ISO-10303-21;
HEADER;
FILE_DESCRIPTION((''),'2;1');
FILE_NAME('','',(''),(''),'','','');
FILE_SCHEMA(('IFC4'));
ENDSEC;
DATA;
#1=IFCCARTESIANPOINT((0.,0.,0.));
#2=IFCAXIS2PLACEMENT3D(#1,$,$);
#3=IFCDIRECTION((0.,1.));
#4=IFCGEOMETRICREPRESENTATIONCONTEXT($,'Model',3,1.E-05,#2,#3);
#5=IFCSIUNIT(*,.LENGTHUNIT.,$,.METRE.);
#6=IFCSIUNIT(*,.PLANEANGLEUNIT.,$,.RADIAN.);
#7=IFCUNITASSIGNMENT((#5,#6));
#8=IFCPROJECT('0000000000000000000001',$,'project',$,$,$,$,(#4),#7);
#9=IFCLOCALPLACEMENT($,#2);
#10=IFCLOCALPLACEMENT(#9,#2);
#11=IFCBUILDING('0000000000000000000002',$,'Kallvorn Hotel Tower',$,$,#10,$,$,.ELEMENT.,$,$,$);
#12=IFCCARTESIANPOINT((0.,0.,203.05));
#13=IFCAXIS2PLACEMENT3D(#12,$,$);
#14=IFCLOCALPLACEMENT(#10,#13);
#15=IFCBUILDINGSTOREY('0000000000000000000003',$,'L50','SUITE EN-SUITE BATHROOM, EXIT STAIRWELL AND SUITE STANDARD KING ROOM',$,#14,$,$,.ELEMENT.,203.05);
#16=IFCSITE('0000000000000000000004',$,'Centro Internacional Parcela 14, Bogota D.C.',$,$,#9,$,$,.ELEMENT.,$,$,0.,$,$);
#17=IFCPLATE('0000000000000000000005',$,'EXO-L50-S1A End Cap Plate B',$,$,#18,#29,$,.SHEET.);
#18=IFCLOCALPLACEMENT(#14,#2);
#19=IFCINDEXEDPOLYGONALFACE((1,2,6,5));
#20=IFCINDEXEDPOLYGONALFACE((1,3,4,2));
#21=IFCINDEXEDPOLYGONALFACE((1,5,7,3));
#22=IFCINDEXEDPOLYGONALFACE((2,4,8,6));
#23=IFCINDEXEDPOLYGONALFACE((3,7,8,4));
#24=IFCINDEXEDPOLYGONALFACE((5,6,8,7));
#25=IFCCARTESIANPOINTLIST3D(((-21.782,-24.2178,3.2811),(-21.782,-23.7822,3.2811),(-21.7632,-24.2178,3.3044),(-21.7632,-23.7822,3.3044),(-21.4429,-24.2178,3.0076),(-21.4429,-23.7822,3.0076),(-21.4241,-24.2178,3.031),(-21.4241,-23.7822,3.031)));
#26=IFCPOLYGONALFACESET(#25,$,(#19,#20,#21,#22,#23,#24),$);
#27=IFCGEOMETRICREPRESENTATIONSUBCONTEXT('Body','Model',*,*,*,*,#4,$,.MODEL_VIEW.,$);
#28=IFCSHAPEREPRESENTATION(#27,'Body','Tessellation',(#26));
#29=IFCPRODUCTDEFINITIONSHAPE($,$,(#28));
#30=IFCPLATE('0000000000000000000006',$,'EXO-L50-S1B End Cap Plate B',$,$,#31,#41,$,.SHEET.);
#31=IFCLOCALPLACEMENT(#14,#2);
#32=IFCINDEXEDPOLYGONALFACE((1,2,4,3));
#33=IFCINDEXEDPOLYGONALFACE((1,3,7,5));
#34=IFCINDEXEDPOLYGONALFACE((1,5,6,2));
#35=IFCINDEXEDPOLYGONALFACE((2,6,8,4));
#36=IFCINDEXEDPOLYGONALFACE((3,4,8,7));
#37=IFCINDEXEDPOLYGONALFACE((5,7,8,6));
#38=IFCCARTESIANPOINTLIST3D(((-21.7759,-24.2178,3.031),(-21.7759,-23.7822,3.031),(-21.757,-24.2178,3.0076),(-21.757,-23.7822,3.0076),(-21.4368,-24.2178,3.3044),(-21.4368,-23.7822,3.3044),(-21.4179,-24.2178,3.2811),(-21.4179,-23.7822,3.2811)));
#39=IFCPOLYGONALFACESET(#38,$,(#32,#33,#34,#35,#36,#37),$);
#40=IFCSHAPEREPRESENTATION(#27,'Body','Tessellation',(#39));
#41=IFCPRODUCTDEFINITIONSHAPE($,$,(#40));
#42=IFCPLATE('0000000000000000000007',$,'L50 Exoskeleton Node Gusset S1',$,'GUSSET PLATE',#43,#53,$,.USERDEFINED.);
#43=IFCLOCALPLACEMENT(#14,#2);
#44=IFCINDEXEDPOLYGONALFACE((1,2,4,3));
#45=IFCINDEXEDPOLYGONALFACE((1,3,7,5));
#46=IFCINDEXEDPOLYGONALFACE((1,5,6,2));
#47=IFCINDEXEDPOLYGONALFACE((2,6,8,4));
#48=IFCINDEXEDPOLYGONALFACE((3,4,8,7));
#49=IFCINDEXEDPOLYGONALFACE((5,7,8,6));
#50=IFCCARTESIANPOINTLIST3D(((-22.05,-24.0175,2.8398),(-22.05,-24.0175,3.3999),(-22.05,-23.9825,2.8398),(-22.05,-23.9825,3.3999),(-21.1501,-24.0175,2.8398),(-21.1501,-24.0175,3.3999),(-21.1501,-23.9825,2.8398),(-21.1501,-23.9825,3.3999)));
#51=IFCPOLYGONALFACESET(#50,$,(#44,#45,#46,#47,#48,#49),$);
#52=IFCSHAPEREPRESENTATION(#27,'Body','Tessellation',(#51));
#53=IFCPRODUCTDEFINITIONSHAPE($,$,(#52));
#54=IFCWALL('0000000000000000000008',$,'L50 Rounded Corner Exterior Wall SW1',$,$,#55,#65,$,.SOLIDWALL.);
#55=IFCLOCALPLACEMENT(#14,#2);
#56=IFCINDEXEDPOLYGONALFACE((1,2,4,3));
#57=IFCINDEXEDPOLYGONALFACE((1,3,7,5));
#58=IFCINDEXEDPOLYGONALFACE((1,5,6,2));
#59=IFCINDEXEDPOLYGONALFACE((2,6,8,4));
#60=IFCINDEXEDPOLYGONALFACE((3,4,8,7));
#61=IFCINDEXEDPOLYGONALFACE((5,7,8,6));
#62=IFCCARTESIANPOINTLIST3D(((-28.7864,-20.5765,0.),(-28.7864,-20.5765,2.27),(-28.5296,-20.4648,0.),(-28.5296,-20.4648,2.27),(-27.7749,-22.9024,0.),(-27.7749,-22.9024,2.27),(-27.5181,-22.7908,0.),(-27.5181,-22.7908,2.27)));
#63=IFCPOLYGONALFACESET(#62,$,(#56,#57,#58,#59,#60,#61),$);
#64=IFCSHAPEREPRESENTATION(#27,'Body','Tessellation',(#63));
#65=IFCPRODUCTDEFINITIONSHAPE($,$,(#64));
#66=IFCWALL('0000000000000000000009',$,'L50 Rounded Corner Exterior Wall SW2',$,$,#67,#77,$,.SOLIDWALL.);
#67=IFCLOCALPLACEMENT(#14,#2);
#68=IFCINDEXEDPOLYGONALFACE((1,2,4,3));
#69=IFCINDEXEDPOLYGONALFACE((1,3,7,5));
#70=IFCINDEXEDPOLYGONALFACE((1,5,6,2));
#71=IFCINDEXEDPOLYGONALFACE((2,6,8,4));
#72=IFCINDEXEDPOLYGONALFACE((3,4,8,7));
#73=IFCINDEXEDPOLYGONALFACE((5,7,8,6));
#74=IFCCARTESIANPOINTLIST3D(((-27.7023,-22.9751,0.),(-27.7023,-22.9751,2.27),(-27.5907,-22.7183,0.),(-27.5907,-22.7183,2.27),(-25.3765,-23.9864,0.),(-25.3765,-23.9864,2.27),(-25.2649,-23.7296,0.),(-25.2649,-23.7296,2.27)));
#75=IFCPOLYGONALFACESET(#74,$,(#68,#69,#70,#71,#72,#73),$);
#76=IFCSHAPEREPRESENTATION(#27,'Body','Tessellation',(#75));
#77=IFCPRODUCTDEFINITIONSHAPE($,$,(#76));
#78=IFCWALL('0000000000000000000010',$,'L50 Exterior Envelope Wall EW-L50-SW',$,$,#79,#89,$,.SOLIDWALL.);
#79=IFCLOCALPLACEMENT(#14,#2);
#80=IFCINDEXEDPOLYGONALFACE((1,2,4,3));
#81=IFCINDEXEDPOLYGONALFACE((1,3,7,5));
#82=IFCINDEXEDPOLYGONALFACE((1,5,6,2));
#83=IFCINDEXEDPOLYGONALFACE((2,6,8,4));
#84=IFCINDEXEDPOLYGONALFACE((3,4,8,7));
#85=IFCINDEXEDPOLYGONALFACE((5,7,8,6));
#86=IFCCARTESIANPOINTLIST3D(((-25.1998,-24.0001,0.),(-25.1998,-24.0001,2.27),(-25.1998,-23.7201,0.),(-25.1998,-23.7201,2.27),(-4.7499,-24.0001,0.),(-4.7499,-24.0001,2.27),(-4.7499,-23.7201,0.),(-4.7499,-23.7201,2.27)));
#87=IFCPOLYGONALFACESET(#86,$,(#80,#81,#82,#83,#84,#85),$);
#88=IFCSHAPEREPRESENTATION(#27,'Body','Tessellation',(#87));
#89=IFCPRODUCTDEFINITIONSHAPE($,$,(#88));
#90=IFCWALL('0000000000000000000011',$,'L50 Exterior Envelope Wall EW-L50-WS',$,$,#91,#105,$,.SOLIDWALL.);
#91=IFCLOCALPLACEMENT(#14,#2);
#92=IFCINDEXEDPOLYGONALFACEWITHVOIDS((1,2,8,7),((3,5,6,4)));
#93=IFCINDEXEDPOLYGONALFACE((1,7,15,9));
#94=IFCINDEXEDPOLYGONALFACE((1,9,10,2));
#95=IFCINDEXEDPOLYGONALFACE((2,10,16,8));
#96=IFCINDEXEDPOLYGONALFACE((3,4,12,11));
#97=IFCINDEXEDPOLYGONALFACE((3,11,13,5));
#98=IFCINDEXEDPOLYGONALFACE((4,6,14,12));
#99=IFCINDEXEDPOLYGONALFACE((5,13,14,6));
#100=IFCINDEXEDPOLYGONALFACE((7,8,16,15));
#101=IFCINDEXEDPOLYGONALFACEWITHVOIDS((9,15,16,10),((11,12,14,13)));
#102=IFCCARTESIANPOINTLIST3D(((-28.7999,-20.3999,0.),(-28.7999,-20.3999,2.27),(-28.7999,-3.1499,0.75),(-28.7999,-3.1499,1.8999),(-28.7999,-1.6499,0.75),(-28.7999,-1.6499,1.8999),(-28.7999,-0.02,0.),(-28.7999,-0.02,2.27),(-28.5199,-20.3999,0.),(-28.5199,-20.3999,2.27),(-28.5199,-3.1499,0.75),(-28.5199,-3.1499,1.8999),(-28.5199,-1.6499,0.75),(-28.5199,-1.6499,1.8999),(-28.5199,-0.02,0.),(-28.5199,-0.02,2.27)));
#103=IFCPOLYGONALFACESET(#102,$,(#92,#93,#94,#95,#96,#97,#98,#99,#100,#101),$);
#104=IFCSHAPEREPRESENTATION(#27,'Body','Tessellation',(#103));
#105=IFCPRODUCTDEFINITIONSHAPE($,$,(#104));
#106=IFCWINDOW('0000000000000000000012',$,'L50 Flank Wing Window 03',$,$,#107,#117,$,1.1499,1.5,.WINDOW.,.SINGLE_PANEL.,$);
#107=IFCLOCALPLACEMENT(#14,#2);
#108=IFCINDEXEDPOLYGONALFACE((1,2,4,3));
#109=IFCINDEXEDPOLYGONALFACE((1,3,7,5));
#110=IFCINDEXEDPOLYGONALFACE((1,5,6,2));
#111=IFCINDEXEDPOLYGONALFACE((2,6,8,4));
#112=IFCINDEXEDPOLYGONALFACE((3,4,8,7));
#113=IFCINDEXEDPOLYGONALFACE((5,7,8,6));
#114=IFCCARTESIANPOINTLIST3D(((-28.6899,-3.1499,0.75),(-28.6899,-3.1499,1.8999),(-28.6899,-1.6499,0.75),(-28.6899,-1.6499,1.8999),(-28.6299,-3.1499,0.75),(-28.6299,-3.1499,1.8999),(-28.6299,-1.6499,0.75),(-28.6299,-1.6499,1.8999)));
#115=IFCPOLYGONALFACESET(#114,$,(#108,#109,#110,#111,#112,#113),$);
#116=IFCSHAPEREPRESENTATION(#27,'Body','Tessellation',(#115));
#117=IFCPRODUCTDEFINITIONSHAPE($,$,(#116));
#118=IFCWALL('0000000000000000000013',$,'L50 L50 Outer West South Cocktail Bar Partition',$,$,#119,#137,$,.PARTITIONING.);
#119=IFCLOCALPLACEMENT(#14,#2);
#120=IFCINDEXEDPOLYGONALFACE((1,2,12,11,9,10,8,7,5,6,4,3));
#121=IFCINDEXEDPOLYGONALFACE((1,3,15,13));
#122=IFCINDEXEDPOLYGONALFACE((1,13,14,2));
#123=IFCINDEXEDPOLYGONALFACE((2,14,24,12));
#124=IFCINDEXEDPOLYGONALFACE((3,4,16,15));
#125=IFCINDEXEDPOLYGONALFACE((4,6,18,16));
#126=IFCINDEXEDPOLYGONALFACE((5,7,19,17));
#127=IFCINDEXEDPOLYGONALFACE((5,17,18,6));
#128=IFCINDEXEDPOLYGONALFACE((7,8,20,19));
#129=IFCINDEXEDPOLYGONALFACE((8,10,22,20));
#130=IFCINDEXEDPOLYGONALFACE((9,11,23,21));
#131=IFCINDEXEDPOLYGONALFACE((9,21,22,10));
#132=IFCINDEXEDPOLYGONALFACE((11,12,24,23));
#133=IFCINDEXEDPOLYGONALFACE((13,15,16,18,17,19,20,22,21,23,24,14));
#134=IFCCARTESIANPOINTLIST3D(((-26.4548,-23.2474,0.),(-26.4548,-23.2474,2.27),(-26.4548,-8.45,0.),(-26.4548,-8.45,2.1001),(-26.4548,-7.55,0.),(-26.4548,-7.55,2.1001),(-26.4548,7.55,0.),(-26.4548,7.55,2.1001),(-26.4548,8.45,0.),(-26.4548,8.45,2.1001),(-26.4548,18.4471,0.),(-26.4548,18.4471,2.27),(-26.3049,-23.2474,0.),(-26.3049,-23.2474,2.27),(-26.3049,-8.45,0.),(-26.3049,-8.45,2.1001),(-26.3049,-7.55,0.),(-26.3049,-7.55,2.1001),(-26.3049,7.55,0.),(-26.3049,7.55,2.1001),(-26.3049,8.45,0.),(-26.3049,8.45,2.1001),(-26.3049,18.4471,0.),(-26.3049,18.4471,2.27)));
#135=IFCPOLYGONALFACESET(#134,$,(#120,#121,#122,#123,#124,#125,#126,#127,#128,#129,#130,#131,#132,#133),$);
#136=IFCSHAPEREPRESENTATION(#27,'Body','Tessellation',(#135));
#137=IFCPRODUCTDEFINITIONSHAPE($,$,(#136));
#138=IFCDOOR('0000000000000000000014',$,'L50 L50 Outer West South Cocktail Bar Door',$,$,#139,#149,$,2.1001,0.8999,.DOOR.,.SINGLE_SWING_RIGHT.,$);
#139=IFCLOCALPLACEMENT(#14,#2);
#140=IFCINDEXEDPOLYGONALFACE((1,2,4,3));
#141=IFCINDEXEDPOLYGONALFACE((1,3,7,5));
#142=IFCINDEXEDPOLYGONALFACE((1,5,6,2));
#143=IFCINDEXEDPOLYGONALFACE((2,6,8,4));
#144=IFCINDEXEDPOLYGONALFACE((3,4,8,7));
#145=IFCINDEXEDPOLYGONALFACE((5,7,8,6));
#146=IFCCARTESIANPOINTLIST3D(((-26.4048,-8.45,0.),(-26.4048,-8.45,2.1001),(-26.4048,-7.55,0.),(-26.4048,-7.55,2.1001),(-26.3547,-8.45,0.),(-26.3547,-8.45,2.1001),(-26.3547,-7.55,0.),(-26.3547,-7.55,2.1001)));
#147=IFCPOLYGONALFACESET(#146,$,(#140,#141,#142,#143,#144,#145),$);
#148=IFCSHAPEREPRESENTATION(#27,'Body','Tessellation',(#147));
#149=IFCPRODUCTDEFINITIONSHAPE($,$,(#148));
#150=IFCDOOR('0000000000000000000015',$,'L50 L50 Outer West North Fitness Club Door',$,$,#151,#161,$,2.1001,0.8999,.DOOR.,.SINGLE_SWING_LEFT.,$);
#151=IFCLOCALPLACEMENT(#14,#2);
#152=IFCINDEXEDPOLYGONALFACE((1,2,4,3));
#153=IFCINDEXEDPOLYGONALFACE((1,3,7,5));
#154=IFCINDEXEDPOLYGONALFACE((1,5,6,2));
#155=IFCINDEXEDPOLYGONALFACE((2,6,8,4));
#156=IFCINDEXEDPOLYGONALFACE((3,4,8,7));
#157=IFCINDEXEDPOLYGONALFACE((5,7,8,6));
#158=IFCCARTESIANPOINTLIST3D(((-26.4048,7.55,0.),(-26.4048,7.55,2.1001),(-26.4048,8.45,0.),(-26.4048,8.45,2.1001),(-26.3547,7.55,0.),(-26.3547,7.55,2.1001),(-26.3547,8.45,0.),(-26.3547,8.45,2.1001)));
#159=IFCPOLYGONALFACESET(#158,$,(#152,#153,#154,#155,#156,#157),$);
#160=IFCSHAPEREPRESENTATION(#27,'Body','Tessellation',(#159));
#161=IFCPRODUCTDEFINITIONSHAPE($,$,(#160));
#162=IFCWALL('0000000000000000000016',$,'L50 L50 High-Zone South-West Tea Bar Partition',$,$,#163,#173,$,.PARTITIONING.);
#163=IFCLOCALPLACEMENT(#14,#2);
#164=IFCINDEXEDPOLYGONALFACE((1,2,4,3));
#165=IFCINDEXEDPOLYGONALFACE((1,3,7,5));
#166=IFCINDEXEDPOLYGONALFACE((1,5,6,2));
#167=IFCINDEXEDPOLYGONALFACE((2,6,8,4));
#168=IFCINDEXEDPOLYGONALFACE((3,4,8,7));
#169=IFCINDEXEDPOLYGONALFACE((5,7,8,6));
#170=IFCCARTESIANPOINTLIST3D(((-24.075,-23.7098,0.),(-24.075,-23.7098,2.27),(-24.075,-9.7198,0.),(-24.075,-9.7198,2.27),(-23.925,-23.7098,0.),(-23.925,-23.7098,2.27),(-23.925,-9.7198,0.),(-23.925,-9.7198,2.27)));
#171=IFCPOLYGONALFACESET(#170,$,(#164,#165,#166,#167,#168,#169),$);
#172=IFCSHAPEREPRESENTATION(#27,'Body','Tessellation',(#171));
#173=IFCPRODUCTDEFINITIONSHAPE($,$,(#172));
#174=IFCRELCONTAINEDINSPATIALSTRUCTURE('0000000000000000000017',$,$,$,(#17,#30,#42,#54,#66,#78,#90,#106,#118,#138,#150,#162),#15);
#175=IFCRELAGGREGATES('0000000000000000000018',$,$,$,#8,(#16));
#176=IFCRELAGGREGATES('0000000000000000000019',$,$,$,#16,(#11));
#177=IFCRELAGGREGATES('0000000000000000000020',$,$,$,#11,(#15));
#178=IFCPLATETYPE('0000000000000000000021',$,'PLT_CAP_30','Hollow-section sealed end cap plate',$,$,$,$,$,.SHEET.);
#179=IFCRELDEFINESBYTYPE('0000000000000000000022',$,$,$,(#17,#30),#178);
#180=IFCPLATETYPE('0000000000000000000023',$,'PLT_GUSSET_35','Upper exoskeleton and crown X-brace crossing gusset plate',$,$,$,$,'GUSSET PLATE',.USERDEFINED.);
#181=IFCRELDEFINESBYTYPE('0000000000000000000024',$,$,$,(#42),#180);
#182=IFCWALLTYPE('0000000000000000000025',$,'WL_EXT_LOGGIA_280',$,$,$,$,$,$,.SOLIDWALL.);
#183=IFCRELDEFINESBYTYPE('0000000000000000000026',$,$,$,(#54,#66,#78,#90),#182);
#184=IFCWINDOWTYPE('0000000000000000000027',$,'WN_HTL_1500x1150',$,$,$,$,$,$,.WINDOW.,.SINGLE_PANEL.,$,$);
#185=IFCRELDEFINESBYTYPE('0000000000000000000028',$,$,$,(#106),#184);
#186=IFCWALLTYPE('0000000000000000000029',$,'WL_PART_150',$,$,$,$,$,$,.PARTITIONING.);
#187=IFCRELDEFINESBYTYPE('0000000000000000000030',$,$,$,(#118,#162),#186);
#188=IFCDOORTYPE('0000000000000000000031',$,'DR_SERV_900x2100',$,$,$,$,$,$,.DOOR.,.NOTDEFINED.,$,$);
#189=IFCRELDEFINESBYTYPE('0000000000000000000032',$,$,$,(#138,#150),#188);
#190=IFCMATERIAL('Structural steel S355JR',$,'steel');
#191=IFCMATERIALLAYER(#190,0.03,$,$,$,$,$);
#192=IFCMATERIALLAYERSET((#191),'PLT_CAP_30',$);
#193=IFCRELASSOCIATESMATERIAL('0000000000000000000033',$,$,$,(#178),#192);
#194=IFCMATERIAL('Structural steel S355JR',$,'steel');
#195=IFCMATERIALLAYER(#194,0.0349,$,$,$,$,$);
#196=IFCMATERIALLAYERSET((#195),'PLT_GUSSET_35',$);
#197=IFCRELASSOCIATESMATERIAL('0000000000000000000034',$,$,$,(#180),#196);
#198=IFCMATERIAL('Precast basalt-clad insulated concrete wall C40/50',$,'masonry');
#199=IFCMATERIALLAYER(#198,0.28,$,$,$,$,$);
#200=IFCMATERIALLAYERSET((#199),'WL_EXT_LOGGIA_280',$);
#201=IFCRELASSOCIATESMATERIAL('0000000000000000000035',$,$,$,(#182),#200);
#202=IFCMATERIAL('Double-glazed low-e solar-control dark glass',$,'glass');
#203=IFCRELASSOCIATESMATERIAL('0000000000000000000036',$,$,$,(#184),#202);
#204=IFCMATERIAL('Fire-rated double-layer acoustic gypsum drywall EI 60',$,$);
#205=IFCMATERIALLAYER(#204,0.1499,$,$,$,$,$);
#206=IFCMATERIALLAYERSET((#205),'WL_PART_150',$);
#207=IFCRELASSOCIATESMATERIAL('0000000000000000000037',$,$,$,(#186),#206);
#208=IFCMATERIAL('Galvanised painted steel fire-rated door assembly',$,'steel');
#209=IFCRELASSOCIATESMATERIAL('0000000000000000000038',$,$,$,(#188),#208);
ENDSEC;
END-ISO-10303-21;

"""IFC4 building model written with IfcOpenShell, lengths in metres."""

from ifc_helpers import new_model, si_unit, direction, frame, frame_2d, origin, origin_2d, place, context, subcontext, project, spatial, polyline, rectangle, outline, extrude, material, layer, layer_set, type_object, element, fill, save


model = new_model("IFC4")

# Units and contexts
model_context = context("Model", 3, precision=1e-05, world=origin(), true_north=direction((0.0, 1.0)))
body_context = subcontext(model_context, "Body", "Model", "MODEL_VIEW")
ifc_project = project(units=[si_unit("LENGTHUNIT", "METRE"), si_unit("PLANEANGLEUNIT", "RADIAN")], contexts=[model_context])

# Site, building, storey
site_placement = place(None, origin())
site = spatial("IfcSite", under=ifc_project, at=site_placement, Name="Centro Internacional Parcela 14, Bogota D.C.", CompositionType="ELEMENT", RefElevation=0.0)
building_placement = place(site_placement, origin())
building = spatial("IfcBuilding", under=site, at=building_placement, Name="Kallvorn Hotel Tower", CompositionType="ELEMENT")
storey_placement = place(building_placement, frame((0.0, 0.0, 203.05)))
storey = spatial("IfcBuildingStorey", under=building, at=storey_placement, Name="L50", Description="SUITE EN-SUITE BATHROOM, EXIT STAIRWELL AND SUITE STANDARD KING ROOM", CompositionType="ELEMENT", Elevation=203.05)

# Plates
ifc_material_1 = material(Name="Structural steel S355JR", Category="steel")
ifc_layer_1 = layer(ifc_material_1, 0.03)
ifc_layer_set_1 = layer_set([ifc_layer_1], Name="PLT_CAP_30")
plate_type_1 = type_object("IfcPlateType", Name="PLT_CAP_30", Description="Hollow-section sealed end cap plate", PredefinedType="SHEET", material=ifc_layer_set_1)
for number, where, z_axis, x_axis, name in (
    (1, (-21.4241, -24.2178, 3.031), (0.627698, 0.0, 0.778457), (0.0, 1.0, 0.0), "EXO-L50-S1A End Cap Plate B"),
    (2, (-21.7759, -23.7822, 3.031), (-0.627698, 0.0, 0.778457), (0.0, -1.0, 0.0), "EXO-L50-S1B End Cap Plate B"),
):
    element("IfcPlate", number, at=place(storey_placement, frame(where, z_axis=z_axis, x_axis=x_axis)), inside=storey, type_object=plate_type_1, Name=name, PredefinedType="SHEET", context=body_context, shape_type="SweptSolid", body=[
        extrude(outline(polyline([(0.0, 0.0), (0.4355, 0.0), (0.4355, 0.4356), (0.0, 0.4356), (0.0, 0.0)])), origin(), (0.0, 0.0, -1.0), 0.03),
    ])
ifc_material_2 = material(Name="Structural steel S355JR", Category="steel")
ifc_layer_2 = layer(ifc_material_2, 0.0349)
ifc_layer_set_2 = layer_set([ifc_layer_2], Name="PLT_GUSSET_35")
plate_type_2 = type_object("IfcPlateType", Name="PLT_GUSSET_35", Description="Upper exoskeleton and crown X-brace crossing gusset plate", ElementType="GUSSET PLATE", PredefinedType="USERDEFINED", material=ifc_layer_set_2)
plate_placement = place(storey_placement, frame((-21.6001, -24.0, 2.8398), z_axis=(0.0, 0.0, 1.0), x_axis=(1.0, 0.0, 0.0)))
element("IfcPlate", 3, at=plate_placement, inside=storey, type_object=plate_type_2, Name="L50 Exoskeleton Node Gusset S1", ObjectType="GUSSET PLATE", PredefinedType="USERDEFINED", context=body_context, shape_type="SweptSolid", body=[
    extrude(rectangle(XDim=0.8999, YDim=0.0349, at=origin_2d()), origin(), (0.0, 0.0, 1.0), 0.5601),
])

# Walls
ifc_material_3 = material(Name="Precast basalt-clad insulated concrete wall C40/50", Category="masonry")
ifc_layer_3 = layer(ifc_material_3, 0.28)
ifc_layer_set_3 = layer_set([ifc_layer_3], Name="WL_EXT_LOGGIA_280")
wall_type_1 = type_object("IfcWallType", Name="WL_EXT_LOGGIA_280", PredefinedType="SOLIDWALL", material=ifc_layer_set_3)
wall_1_placement = place(storey_placement, frame((-28.658, -20.5208, 0.0), z_axis=(0.0, 0.0, 1.0), x_axis=(0.398793, -0.917041, 0.0)))
element("IfcWall", 4, at=wall_1_placement, inside=storey, type_object=wall_type_1, Name="L50 Rounded Corner Exterior Wall SW1", PredefinedType="SOLIDWALL", context=body_context, shape_type="SweptSolid", body=[
    extrude(rectangle(XDim=2.5364, YDim=0.28, at=frame_2d((1.2681, 0.0))), origin(), (0.0, 0.0, 1.0), 2.27),
])
wall_2_placement = place(storey_placement, frame((-27.6465, -22.8467, 0.0), z_axis=(0.0, 0.0, 1.0), x_axis=(0.917061, -0.398747, 0.0)))
element("IfcWall", 5, at=wall_2_placement, inside=storey, type_object=wall_type_1, Name="L50 Rounded Corner Exterior Wall SW2", PredefinedType="SOLIDWALL", context=body_context, shape_type="SweptSolid", body=[
    extrude(rectangle(XDim=2.5361, YDim=0.28, at=frame_2d((1.2681, 0.0))), origin(), (0.0, 0.0, 1.0), 2.27),
])
wall_3_placement = place(storey_placement, frame((-25.2, -23.8601, 0.0), z_axis=(0.0, 0.0, 1.0), x_axis=(1.0, 0.0, 0.0)))
element("IfcWall", 6, at=wall_3_placement, inside=storey, type_object=wall_type_1, Name="L50 Exterior Envelope Wall EW-L50-SW", PredefinedType="SOLIDWALL", context=body_context, shape_type="SweptSolid", body=[
    extrude(rectangle(XDim=20.45, YDim=0.28, at=frame_2d((10.2251, 0.0))), origin(), (0.0, 0.0, 1.0), 2.27),
])

# Wall, opening, window
wall_4_placement = place(storey_placement, frame((-28.6599, -20.3999, 0.0), z_axis=(0.0, 0.0, 1.0), x_axis=(0.0, 1.0, 0.0)))
wall_4 = element("IfcWall", 7, at=wall_4_placement, inside=storey, type_object=wall_type_1, Name="L50 Exterior Envelope Wall EW-L50-WS", PredefinedType="SOLIDWALL", context=body_context, shape_type="SweptSolid", body=[
    extrude(rectangle(XDim=20.3799, YDim=0.28, at=frame_2d((10.1899, 0.0))), origin(), (0.0, 0.0, 1.0), 2.27),
])
opening_1_placement = place(wall_4_placement, frame((17.25, 0.0, 0.75)))
opening_1 = element("IfcOpeningElement", 8, at=opening_1_placement, cuts=wall_4, PredefinedType="OPENING", context=body_context, shape_type="SweptSolid", body=[
    extrude(rectangle(XDim=1.5, YDim=1.1499, at=frame_2d((0.75, 0.575))), frame((0.0, 0.155, 0.0), z_axis=(0.0, -1.0, 0.0), x_axis=(1.0, 0.0, 0.0)), (0.0, 0.0, 1.0), 0.3101),
])
ifc_material_4 = material(Name="Double-glazed low-e solar-control dark glass", Category="glass")
window_type = type_object("IfcWindowType", Name="WN_HTL_1500x1150", PartitioningType="SINGLE_PANEL", PredefinedType="WINDOW", material=ifc_material_4)
window_placement = place(opening_1_placement, origin())
window = element("IfcWindow", 9, at=window_placement, inside=storey, type_object=window_type, Name="L50 Flank Wing Window 03", OverallHeight=1.1499, OverallWidth=1.5, PartitioningType="SINGLE_PANEL", PredefinedType="WINDOW", context=body_context, shape_type="SweptSolid", body=[
    extrude(rectangle(XDim=1.5, YDim=1.1499, at=frame_2d((0.75, 0.575))), frame((0.0, 0.03, 0.0), z_axis=(0.0, -1.0, 0.0), x_axis=(1.0, 0.0, 0.0)), (0.0, 0.0, 1.0), 0.0601),
])
fill(opening_1, window)

# Wall, openings, doors
ifc_material_5 = material(Name="Fire-rated double-layer acoustic gypsum drywall EI 60")
ifc_layer_4 = layer(ifc_material_5, 0.1499)
ifc_layer_set_4 = layer_set([ifc_layer_4], Name="WL_PART_150")
wall_type_2 = type_object("IfcWallType", Name="WL_PART_150", PredefinedType="PARTITIONING", material=ifc_layer_set_4)
wall_5_placement = place(storey_placement, frame((-26.3799, -23.2473, 0.0), z_axis=(0.0, 0.0, 1.0), x_axis=(0.0, 1.0, 0.0)))
wall_5 = element("IfcWall", 10, at=wall_5_placement, inside=storey, type_object=wall_type_2, Name="L50 L50 Outer West South Cocktail Bar Partition", PredefinedType="PARTITIONING", context=body_context, shape_type="SweptSolid", body=[
    extrude(rectangle(XDim=41.6946, YDim=0.1499, at=frame_2d((20.8472, 0.0))), origin(), (0.0, 0.0, 1.0), 2.27),
])
opening_2_placement = place(wall_5_placement, frame((14.7974, 0.0, 0.0)))
opening_2 = element("IfcOpeningElement", 11, at=opening_2_placement, cuts=wall_5, PredefinedType="OPENING", context=body_context, shape_type="SweptSolid", body=[
    extrude(rectangle(XDim=0.8999, YDim=2.1001, at=frame_2d((0.45, 1.05))), frame((0.0, 0.0898, 0.0), z_axis=(0.0, -1.0, 0.0), x_axis=(1.0, 0.0, 0.0)), (0.0, 0.0, 1.0), 0.1799),
])
opening_3_placement = place(wall_5_placement, frame((30.7974, 0.0, 0.0)))
opening_3 = element("IfcOpeningElement", 12, at=opening_3_placement, cuts=wall_5, PredefinedType="OPENING", context=body_context, shape_type="SweptSolid", body=[
    extrude(rectangle(XDim=0.8999, YDim=2.1001, at=frame_2d((0.45, 1.05))), frame((0.0, 0.0898, 0.0), z_axis=(0.0, -1.0, 0.0), x_axis=(1.0, 0.0, 0.0)), (0.0, 0.0, 1.0), 0.1799),
])
ifc_material_6 = material(Name="Galvanised painted steel fire-rated door assembly", Category="steel")
door_type = type_object("IfcDoorType", Name="DR_SERV_900x2100", OperationType="NOTDEFINED", PredefinedType="DOOR", material=ifc_material_6)
door_1_placement = place(opening_2_placement, origin())
door_1 = element("IfcDoor", 13, at=door_1_placement, inside=storey, type_object=door_type, Name="L50 L50 Outer West South Cocktail Bar Door", OperationType="SINGLE_SWING_RIGHT", OverallHeight=2.1001, OverallWidth=0.8999, PredefinedType="DOOR", context=body_context, shape_type="SweptSolid", body=[
    extrude(rectangle(XDim=0.8999, YDim=2.1001, at=frame_2d((0.45, 1.05))), frame((0.0, 0.0249, 0.0), z_axis=(0.0, -1.0, 0.0), x_axis=(1.0, 0.0, 0.0)), (0.0, 0.0, 1.0), 0.05),
])
fill(opening_2, door_1)
door_2_placement = place(opening_3_placement, origin())
door_2 = element("IfcDoor", 14, at=door_2_placement, inside=storey, type_object=door_type, Name="L50 L50 Outer West North Fitness Club Door", OperationType="SINGLE_SWING_LEFT", OverallHeight=2.1001, OverallWidth=0.8999, PredefinedType="DOOR", context=body_context, shape_type="SweptSolid", body=[
    extrude(rectangle(XDim=0.8999, YDim=2.1001, at=frame_2d((0.45, 1.05))), frame((0.0, 0.0249, 0.0), z_axis=(0.0, -1.0, 0.0), x_axis=(1.0, 0.0, 0.0)), (0.0, 0.0, 1.0), 0.05),
])
fill(opening_3, door_2)

# Wall
wall_6_placement = place(storey_placement, frame((-24.0, -23.71, 0.0), z_axis=(0.0, 0.0, 1.0), x_axis=(0.0, 1.0, 0.0)))
element("IfcWall", 15, at=wall_6_placement, inside=storey, type_object=wall_type_2, Name="L50 L50 High-Zone South-West Tea Bar Partition", PredefinedType="PARTITIONING", context=body_context, shape_type="SweptSolid", body=[
    extrude(rectangle(XDim=13.99, YDim=0.1499, at=frame_2d((6.9951, 0.0))), origin(), (0.0, 0.0, 1.0), 2.27),
])

save(model, "model.ifc")
